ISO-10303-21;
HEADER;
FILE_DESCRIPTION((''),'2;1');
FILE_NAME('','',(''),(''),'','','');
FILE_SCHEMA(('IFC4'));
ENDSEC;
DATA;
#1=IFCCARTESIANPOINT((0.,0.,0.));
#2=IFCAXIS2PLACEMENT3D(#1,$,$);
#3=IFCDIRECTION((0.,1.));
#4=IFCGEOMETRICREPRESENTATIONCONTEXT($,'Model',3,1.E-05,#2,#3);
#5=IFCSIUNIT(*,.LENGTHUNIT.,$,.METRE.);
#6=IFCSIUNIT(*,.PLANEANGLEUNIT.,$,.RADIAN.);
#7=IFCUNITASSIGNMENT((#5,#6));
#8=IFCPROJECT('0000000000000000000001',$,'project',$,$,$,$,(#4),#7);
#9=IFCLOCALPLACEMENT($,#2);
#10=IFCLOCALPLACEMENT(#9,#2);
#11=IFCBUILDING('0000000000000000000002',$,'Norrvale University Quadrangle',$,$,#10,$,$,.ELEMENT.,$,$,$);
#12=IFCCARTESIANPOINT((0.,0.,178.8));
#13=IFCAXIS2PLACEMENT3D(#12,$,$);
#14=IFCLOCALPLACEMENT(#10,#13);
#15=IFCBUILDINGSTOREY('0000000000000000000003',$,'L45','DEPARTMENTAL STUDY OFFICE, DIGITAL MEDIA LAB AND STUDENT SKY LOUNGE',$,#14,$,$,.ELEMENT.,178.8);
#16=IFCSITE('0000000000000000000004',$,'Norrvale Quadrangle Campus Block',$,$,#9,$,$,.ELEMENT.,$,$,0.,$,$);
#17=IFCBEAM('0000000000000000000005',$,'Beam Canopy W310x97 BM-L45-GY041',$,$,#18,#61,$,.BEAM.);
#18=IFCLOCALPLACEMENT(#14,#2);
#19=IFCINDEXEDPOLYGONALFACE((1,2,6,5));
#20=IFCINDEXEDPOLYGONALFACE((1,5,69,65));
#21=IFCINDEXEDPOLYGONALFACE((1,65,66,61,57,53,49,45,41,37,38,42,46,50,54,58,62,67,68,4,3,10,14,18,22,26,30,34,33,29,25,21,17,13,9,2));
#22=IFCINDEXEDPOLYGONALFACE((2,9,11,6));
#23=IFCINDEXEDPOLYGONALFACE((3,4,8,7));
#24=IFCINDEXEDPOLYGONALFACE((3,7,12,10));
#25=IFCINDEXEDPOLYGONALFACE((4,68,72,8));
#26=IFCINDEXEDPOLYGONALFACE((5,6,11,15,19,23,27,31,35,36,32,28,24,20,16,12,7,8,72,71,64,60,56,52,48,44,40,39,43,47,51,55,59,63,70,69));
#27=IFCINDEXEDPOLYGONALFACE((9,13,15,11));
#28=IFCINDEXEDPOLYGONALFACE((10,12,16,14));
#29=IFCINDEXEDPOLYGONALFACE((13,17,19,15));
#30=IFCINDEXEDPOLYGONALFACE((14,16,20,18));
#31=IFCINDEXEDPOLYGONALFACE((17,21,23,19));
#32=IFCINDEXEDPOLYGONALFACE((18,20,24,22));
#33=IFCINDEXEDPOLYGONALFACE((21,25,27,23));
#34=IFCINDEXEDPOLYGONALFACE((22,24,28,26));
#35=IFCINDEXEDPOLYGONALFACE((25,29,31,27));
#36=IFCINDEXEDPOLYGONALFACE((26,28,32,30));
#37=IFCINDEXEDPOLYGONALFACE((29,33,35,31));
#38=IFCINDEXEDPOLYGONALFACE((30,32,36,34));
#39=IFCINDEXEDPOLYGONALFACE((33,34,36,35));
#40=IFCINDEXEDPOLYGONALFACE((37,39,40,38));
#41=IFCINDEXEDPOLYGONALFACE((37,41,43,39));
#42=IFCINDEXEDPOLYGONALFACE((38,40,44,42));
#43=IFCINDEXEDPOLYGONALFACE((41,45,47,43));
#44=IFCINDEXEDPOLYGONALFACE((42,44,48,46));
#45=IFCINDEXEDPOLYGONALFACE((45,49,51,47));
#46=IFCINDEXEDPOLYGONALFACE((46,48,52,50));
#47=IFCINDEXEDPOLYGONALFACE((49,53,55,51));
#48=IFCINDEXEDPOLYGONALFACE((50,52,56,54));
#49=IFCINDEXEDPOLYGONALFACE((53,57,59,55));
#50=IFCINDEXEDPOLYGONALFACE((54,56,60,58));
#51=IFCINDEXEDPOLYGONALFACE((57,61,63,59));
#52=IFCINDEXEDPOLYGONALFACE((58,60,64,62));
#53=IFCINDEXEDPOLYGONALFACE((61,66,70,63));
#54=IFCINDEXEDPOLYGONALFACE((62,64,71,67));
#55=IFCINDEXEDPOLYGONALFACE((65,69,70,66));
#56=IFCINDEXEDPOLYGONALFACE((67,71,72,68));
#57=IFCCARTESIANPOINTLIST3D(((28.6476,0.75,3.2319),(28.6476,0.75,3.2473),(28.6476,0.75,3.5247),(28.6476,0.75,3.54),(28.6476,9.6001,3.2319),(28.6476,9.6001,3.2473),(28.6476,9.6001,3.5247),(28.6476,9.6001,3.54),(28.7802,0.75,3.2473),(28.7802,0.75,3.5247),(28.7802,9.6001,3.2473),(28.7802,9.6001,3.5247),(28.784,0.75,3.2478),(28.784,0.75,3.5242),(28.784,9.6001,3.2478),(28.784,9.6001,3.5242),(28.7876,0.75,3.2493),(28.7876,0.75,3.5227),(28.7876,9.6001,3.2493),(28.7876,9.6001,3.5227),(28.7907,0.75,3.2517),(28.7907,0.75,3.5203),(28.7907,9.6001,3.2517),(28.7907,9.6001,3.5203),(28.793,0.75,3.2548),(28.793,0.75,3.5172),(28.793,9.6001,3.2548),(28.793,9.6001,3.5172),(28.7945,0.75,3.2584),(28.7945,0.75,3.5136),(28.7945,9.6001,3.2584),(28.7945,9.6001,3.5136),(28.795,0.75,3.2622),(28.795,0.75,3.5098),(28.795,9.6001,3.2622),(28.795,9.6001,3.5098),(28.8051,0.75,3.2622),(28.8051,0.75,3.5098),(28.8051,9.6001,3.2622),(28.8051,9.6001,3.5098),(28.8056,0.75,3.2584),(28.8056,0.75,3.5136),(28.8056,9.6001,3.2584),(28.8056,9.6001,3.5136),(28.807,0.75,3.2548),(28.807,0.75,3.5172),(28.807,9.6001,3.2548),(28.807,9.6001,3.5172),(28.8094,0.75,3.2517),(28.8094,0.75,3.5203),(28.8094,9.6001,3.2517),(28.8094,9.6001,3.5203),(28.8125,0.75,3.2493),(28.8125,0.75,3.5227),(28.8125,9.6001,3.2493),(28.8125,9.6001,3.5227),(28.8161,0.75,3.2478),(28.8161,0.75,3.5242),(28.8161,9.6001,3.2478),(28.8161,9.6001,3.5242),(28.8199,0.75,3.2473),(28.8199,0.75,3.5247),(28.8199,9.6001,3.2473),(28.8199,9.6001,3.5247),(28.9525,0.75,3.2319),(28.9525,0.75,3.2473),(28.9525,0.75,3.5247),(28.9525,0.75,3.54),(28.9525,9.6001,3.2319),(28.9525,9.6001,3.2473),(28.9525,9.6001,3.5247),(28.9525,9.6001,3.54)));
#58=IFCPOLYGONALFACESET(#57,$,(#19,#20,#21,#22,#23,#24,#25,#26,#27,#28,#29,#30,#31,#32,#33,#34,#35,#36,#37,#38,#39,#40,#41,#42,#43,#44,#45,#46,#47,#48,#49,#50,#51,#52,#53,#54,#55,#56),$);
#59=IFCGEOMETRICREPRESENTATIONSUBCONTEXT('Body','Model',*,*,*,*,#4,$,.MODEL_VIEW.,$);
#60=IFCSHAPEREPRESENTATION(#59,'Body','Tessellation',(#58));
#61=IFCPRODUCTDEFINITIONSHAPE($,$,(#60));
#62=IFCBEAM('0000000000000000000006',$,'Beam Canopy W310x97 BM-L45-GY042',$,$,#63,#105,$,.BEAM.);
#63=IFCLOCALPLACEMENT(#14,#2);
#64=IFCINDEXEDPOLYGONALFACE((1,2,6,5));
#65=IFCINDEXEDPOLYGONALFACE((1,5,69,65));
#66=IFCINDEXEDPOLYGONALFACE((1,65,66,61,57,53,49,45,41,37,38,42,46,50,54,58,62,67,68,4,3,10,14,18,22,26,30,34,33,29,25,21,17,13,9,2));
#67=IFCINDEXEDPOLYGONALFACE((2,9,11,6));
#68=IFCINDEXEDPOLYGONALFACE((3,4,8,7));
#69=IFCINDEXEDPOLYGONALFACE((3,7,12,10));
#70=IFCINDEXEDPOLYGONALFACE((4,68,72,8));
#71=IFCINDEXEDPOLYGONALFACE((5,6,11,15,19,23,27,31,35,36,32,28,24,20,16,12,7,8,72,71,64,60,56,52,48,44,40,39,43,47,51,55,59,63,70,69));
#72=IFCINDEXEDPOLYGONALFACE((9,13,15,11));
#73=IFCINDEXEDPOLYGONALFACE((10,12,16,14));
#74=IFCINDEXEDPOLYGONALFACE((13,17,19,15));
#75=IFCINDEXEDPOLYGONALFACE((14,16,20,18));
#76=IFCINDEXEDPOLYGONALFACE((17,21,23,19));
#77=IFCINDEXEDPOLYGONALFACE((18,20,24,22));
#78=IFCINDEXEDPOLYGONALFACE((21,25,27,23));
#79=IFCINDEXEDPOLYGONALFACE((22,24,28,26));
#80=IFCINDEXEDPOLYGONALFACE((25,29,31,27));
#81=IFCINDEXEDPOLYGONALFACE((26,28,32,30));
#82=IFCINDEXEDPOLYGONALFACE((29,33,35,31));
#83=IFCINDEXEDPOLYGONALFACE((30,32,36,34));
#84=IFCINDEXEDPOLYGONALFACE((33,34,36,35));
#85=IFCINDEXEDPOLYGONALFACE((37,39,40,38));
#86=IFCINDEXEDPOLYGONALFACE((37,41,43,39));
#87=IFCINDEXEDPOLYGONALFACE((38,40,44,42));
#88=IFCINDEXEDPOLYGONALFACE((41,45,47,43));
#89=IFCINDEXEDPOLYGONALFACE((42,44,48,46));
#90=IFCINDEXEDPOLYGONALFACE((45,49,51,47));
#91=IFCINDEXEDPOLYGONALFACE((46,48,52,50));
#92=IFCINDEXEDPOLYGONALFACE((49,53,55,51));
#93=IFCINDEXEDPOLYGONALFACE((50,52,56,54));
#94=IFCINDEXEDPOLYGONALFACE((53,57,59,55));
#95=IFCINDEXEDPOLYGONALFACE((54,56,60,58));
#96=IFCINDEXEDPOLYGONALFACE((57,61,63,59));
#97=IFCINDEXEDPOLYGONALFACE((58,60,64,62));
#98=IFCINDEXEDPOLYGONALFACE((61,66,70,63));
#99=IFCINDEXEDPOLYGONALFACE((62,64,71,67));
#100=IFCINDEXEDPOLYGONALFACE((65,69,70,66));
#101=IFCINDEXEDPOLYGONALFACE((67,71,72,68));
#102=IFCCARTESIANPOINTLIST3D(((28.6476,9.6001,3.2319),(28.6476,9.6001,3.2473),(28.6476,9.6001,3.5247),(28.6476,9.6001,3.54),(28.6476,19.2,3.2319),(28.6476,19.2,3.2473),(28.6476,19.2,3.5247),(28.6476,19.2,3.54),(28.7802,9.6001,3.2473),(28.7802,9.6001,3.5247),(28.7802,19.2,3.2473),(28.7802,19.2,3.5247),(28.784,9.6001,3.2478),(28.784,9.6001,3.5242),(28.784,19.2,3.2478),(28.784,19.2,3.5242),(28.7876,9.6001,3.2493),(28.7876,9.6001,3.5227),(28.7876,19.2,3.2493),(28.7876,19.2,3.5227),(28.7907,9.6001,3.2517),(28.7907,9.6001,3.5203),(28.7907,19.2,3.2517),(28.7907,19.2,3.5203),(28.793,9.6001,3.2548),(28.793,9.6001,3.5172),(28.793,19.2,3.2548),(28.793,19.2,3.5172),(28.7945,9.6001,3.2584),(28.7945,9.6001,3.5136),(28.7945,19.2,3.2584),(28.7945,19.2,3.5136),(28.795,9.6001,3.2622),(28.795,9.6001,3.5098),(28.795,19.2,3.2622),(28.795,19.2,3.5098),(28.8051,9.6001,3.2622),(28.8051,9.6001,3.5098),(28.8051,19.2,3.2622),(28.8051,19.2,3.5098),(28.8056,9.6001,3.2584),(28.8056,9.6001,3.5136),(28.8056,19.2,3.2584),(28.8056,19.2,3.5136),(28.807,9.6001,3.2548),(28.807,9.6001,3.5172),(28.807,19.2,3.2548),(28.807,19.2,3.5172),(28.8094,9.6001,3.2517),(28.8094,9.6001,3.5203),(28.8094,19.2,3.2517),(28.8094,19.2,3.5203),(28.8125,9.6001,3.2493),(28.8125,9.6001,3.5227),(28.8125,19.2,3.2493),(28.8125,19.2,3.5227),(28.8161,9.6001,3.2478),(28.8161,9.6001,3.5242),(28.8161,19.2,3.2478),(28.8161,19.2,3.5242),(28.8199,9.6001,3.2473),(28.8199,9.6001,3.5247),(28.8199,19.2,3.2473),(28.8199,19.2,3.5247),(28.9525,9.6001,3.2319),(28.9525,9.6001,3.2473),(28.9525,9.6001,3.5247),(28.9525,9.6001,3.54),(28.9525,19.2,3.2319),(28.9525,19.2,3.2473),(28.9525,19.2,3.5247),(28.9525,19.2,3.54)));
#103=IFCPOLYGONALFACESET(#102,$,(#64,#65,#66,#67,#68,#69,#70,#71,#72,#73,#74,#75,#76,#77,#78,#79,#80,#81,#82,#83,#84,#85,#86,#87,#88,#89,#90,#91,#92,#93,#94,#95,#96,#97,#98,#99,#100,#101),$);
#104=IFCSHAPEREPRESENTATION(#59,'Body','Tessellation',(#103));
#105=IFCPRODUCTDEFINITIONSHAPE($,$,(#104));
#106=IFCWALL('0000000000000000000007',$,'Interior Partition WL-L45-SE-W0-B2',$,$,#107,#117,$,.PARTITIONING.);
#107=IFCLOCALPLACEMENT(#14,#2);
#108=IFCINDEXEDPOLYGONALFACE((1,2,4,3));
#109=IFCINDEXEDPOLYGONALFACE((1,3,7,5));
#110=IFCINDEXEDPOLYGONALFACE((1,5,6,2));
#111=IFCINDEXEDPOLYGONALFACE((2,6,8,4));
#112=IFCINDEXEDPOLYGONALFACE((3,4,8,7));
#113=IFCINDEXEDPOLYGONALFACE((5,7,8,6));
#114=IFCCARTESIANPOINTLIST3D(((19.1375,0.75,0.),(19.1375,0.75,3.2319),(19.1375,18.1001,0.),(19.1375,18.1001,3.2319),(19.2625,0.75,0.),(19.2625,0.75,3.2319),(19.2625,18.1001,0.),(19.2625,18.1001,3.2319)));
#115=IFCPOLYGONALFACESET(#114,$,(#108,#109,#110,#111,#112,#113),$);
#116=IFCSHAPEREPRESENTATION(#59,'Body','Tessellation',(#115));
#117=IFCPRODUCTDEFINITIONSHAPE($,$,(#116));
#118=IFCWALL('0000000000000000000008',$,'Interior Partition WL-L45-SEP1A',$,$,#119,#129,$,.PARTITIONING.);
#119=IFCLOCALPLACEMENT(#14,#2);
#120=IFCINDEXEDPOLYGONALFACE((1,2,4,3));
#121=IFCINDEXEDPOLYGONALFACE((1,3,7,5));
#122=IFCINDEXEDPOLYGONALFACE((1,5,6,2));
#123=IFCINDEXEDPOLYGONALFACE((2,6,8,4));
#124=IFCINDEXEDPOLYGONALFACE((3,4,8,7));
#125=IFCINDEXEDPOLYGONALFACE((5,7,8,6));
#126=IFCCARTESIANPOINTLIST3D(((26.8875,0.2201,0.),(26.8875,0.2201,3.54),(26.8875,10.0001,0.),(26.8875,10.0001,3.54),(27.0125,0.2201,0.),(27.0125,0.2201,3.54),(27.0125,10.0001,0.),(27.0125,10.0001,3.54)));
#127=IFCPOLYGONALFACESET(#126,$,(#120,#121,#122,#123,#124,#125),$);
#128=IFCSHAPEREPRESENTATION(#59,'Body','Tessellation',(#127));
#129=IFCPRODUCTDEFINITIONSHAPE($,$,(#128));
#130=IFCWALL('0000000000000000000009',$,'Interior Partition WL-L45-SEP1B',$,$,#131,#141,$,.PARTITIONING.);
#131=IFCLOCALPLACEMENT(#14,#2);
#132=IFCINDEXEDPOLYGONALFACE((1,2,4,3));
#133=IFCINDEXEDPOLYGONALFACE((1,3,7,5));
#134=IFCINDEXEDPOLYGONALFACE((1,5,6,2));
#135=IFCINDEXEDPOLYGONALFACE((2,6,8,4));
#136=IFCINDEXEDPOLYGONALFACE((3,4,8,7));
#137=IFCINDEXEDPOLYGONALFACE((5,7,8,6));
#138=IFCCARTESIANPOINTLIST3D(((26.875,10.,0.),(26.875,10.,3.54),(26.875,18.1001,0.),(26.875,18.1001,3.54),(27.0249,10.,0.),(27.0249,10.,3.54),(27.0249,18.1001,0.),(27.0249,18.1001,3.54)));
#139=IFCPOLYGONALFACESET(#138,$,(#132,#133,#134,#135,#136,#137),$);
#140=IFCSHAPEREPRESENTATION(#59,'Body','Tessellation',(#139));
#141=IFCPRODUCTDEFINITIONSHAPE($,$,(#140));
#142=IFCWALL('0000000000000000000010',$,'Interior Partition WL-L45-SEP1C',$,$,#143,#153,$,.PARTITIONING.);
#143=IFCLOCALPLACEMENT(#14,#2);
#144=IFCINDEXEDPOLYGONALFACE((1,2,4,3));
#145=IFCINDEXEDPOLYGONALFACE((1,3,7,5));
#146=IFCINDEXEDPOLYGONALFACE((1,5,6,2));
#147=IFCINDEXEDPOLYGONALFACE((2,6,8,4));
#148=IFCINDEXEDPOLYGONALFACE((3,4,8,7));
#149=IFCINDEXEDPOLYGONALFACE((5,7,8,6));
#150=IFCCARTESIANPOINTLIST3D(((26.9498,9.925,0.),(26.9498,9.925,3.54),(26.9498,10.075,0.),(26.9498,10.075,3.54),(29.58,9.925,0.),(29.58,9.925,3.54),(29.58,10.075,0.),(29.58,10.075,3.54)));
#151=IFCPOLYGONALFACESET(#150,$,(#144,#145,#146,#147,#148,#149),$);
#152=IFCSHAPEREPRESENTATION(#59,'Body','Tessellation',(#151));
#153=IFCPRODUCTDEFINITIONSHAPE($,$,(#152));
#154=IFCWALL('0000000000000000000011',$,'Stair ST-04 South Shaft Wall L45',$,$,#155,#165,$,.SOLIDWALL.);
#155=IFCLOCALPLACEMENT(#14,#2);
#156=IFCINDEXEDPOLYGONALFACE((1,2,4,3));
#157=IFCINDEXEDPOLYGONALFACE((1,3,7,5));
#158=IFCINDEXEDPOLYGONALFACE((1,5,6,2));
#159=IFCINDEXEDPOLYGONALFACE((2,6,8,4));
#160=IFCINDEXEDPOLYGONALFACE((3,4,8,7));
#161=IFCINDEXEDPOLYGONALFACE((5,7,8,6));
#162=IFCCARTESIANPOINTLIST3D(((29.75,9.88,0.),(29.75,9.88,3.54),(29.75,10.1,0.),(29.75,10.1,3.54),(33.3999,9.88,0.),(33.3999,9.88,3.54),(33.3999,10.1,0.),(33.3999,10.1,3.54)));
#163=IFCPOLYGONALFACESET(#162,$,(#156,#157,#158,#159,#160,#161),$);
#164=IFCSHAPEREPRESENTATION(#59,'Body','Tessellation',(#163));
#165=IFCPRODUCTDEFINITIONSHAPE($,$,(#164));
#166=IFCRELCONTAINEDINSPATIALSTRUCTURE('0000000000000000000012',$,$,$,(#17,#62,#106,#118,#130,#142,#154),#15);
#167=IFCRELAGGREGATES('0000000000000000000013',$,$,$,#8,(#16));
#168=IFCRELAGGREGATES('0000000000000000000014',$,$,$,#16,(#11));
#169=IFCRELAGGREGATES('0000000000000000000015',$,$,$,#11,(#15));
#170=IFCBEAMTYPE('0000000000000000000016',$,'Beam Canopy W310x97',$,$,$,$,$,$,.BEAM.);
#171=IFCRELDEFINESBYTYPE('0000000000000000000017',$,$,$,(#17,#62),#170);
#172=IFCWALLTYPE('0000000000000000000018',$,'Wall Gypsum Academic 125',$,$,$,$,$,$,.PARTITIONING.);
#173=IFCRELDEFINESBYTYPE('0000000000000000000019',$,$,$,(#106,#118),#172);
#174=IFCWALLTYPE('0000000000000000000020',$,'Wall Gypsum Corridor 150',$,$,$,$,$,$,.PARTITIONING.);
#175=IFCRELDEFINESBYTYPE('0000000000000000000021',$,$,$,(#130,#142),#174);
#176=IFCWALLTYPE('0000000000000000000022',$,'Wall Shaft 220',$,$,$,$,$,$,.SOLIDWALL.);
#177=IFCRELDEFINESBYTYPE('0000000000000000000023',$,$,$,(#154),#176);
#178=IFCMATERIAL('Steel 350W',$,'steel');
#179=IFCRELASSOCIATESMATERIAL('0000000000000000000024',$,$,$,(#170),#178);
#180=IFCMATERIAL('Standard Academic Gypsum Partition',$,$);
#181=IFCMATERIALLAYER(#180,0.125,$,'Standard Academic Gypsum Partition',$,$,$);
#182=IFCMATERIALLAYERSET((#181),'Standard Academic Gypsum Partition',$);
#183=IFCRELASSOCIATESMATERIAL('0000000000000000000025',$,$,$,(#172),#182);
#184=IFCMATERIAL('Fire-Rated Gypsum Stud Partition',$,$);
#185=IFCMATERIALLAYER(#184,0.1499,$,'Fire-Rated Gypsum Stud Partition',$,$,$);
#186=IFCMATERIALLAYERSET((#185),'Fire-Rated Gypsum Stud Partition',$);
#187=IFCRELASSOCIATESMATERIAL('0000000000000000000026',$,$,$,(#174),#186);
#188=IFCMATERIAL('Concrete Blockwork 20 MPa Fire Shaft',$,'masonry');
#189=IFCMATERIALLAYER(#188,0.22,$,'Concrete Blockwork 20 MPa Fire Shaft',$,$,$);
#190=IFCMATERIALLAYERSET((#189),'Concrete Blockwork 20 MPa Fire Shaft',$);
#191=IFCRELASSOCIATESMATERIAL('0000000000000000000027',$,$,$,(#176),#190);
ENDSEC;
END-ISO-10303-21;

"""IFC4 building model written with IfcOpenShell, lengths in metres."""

from ifc_helpers import new_model, si_unit, direction, frame, frame_2d, origin, origin_2d, place, context, subcontext, project, spatial, rectangle, i_section, extrude, material, layer, layer_set, material_profile, profile_set, type_object, element, save


model = new_model("IFC4")

# Units and contexts
model_context = context("Model", 3, precision=1e-05, world=origin(), true_north=direction((0.0, 1.0)))
body_context = subcontext(model_context, "Body", "Model", "MODEL_VIEW")
ifc_project = project(units=[si_unit("LENGTHUNIT", "METRE"), si_unit("PLANEANGLEUNIT", "RADIAN")], contexts=[model_context])

# Site, building, storey
site_placement = place(None, origin())
site = spatial("IfcSite", under=ifc_project, at=site_placement, Name="Norrvale Quadrangle Campus Block", CompositionType="ELEMENT", RefElevation=0.0)
building_placement = place(site_placement, origin())
building = spatial("IfcBuilding", under=site, at=building_placement, Name="Norrvale University Quadrangle", CompositionType="ELEMENT")
storey_placement = place(building_placement, frame((0.0, 0.0, 178.8)))
storey = spatial("IfcBuildingStorey", under=building, at=storey_placement, Name="L45", Description="DEPARTMENTAL STUDY OFFICE, DIGITAL MEDIA LAB AND STUDENT SKY LOUNGE", CompositionType="ELEMENT", Elevation=178.8)

# Beams
ifc_material_1 = material(Name="Steel 350W", Category="steel")
ifc_material_profile_1 = material_profile(ifc_material_1, i_section(OverallWidth=0.3049, OverallDepth=0.3081, WebThickness=0.01, FlangeThickness=0.0154, FilletRadius=0.0149, at=origin_2d()), Name="Steel 350W")
ifc_profile_set_1 = profile_set([ifc_material_profile_1], Name="Steel 350W")
beam_type_1 = type_object("IfcBeamType", Name="Beam Canopy W310x97", PredefinedType="BEAM", material=ifc_profile_set_1)
beam_1_placement = place(storey_placement, frame((28.8, 0.75, 3.386), z_axis=(0.0, 1.0, 0.0), x_axis=(-1.0, 0.0, 0.0)))
element("IfcBeam", 1, at=beam_1_placement, inside=storey, type_object=beam_type_1, Name="Beam Canopy W310x97 BM-L45-GY041", PredefinedType="BEAM", context=body_context, shape_type="SweptSolid", body=[
    extrude(i_section(OverallWidth=0.3049, OverallDepth=0.3081, WebThickness=0.01, FlangeThickness=0.0154, FilletRadius=0.0149, at=origin_2d()), origin(), (0.0, 0.0, 1.0), 8.8501),
])
beam_2_placement = place(storey_placement, frame((28.8, 9.6001, 3.386), z_axis=(0.0, 1.0, 0.0), x_axis=(-1.0, 0.0, 0.0)))
element("IfcBeam", 2, at=beam_2_placement, inside=storey, type_object=beam_type_1, Name="Beam Canopy W310x97 BM-L45-GY042", PredefinedType="BEAM", context=body_context, shape_type="SweptSolid", body=[
    extrude(i_section(OverallWidth=0.3049, OverallDepth=0.3081, WebThickness=0.01, FlangeThickness=0.0154, FilletRadius=0.0149, at=origin_2d()), origin(), (0.0, 0.0, 1.0), 9.5999),
])

# Walls
ifc_material_2 = material(Name="Standard Academic Gypsum Partition")
ifc_layer_1 = layer(ifc_material_2, 0.125, Name="Standard Academic Gypsum Partition")
ifc_layer_set_1 = layer_set([ifc_layer_1], Name="Standard Academic Gypsum Partition")
wall_type_1 = type_object("IfcWallType", Name="Wall Gypsum Academic 125", PredefinedType="PARTITIONING", material=ifc_layer_set_1)
wall_1_placement = place(storey_placement, frame((19.2, 0.75, 0.0), z_axis=(0.0, 0.0, 1.0), x_axis=(0.0, 1.0, 0.0)))
element("IfcWall", 3, at=wall_1_placement, inside=storey, type_object=wall_type_1, Name="Interior Partition WL-L45-SE-W0-B2", PredefinedType="PARTITIONING", context=body_context, shape_type="SweptSolid", body=[
    extrude(rectangle(XDim=17.3501, YDim=0.125, at=frame_2d((8.675, 0.0))), origin(), (0.0, 0.0, 1.0), 3.2319),
])
wall_2_placement = place(storey_placement, frame((26.95, 0.22, 0.0), z_axis=(0.0, 0.0, 1.0), x_axis=(0.0, 1.0, 0.0)))
element("IfcWall", 4, at=wall_2_placement, inside=storey, type_object=wall_type_1, Name="Interior Partition WL-L45-SEP1A", PredefinedType="PARTITIONING", context=body_context, shape_type="SweptSolid", body=[
    extrude(rectangle(XDim=9.78, YDim=0.125, at=frame_2d((4.8901, 0.0))), origin(), (0.0, 0.0, 1.0), 3.54),
])
ifc_material_3 = material(Name="Fire-Rated Gypsum Stud Partition")
ifc_layer_2 = layer(ifc_material_3, 0.1499, Name="Fire-Rated Gypsum Stud Partition")
ifc_layer_set_2 = layer_set([ifc_layer_2], Name="Fire-Rated Gypsum Stud Partition")
wall_type_2 = type_object("IfcWallType", Name="Wall Gypsum Corridor 150", PredefinedType="PARTITIONING", material=ifc_layer_set_2)
wall_3_placement = place(storey_placement, frame((26.95, 10.0, 0.0), z_axis=(0.0, 0.0, 1.0), x_axis=(0.0, 1.0, 0.0)))
element("IfcWall", 5, at=wall_3_placement, inside=storey, type_object=wall_type_2, Name="Interior Partition WL-L45-SEP1B", PredefinedType="PARTITIONING", context=body_context, shape_type="SweptSolid", body=[
    extrude(rectangle(XDim=8.1001, YDim=0.1499, at=frame_2d((4.05, 0.0))), origin(), (0.0, 0.0, 1.0), 3.54),
])
wall_4_placement = place(storey_placement, frame((26.95, 10.0, 0.0), z_axis=(0.0, 0.0, 1.0), x_axis=(1.0, 0.0, 0.0)))
element("IfcWall", 6, at=wall_4_placement, inside=storey, type_object=wall_type_2, Name="Interior Partition WL-L45-SEP1C", PredefinedType="PARTITIONING", context=body_context, shape_type="SweptSolid", body=[
    extrude(rectangle(XDim=2.6301, YDim=0.1499, at=frame_2d((1.3149, 0.0))), origin(), (0.0, 0.0, 1.0), 3.54),
])
ifc_material_4 = material(Name="Concrete Blockwork 20 MPa Fire Shaft", Category="masonry")
ifc_layer_3 = layer(ifc_material_4, 0.22, Name="Concrete Blockwork 20 MPa Fire Shaft")
ifc_layer_set_3 = layer_set([ifc_layer_3], Name="Concrete Blockwork 20 MPa Fire Shaft")
wall_type_3 = type_object("IfcWallType", Name="Wall Shaft 220", PredefinedType="SOLIDWALL", material=ifc_layer_set_3)
wall_5_placement = place(storey_placement, frame((29.75, 9.99, 0.0), z_axis=(0.0, 0.0, 1.0), x_axis=(1.0, 0.0, 0.0)))
element("IfcWall", 7, at=wall_5_placement, inside=storey, type_object=wall_type_3, Name="Stair ST-04 South Shaft Wall L45", PredefinedType="SOLIDWALL", context=body_context, shape_type="SweptSolid", body=[
    extrude(rectangle(XDim=3.6499, YDim=0.22, at=frame_2d((1.825, 0.0))), origin(), (0.0, 0.0, 1.0), 3.54),
])

save(model, "model.ifc")
